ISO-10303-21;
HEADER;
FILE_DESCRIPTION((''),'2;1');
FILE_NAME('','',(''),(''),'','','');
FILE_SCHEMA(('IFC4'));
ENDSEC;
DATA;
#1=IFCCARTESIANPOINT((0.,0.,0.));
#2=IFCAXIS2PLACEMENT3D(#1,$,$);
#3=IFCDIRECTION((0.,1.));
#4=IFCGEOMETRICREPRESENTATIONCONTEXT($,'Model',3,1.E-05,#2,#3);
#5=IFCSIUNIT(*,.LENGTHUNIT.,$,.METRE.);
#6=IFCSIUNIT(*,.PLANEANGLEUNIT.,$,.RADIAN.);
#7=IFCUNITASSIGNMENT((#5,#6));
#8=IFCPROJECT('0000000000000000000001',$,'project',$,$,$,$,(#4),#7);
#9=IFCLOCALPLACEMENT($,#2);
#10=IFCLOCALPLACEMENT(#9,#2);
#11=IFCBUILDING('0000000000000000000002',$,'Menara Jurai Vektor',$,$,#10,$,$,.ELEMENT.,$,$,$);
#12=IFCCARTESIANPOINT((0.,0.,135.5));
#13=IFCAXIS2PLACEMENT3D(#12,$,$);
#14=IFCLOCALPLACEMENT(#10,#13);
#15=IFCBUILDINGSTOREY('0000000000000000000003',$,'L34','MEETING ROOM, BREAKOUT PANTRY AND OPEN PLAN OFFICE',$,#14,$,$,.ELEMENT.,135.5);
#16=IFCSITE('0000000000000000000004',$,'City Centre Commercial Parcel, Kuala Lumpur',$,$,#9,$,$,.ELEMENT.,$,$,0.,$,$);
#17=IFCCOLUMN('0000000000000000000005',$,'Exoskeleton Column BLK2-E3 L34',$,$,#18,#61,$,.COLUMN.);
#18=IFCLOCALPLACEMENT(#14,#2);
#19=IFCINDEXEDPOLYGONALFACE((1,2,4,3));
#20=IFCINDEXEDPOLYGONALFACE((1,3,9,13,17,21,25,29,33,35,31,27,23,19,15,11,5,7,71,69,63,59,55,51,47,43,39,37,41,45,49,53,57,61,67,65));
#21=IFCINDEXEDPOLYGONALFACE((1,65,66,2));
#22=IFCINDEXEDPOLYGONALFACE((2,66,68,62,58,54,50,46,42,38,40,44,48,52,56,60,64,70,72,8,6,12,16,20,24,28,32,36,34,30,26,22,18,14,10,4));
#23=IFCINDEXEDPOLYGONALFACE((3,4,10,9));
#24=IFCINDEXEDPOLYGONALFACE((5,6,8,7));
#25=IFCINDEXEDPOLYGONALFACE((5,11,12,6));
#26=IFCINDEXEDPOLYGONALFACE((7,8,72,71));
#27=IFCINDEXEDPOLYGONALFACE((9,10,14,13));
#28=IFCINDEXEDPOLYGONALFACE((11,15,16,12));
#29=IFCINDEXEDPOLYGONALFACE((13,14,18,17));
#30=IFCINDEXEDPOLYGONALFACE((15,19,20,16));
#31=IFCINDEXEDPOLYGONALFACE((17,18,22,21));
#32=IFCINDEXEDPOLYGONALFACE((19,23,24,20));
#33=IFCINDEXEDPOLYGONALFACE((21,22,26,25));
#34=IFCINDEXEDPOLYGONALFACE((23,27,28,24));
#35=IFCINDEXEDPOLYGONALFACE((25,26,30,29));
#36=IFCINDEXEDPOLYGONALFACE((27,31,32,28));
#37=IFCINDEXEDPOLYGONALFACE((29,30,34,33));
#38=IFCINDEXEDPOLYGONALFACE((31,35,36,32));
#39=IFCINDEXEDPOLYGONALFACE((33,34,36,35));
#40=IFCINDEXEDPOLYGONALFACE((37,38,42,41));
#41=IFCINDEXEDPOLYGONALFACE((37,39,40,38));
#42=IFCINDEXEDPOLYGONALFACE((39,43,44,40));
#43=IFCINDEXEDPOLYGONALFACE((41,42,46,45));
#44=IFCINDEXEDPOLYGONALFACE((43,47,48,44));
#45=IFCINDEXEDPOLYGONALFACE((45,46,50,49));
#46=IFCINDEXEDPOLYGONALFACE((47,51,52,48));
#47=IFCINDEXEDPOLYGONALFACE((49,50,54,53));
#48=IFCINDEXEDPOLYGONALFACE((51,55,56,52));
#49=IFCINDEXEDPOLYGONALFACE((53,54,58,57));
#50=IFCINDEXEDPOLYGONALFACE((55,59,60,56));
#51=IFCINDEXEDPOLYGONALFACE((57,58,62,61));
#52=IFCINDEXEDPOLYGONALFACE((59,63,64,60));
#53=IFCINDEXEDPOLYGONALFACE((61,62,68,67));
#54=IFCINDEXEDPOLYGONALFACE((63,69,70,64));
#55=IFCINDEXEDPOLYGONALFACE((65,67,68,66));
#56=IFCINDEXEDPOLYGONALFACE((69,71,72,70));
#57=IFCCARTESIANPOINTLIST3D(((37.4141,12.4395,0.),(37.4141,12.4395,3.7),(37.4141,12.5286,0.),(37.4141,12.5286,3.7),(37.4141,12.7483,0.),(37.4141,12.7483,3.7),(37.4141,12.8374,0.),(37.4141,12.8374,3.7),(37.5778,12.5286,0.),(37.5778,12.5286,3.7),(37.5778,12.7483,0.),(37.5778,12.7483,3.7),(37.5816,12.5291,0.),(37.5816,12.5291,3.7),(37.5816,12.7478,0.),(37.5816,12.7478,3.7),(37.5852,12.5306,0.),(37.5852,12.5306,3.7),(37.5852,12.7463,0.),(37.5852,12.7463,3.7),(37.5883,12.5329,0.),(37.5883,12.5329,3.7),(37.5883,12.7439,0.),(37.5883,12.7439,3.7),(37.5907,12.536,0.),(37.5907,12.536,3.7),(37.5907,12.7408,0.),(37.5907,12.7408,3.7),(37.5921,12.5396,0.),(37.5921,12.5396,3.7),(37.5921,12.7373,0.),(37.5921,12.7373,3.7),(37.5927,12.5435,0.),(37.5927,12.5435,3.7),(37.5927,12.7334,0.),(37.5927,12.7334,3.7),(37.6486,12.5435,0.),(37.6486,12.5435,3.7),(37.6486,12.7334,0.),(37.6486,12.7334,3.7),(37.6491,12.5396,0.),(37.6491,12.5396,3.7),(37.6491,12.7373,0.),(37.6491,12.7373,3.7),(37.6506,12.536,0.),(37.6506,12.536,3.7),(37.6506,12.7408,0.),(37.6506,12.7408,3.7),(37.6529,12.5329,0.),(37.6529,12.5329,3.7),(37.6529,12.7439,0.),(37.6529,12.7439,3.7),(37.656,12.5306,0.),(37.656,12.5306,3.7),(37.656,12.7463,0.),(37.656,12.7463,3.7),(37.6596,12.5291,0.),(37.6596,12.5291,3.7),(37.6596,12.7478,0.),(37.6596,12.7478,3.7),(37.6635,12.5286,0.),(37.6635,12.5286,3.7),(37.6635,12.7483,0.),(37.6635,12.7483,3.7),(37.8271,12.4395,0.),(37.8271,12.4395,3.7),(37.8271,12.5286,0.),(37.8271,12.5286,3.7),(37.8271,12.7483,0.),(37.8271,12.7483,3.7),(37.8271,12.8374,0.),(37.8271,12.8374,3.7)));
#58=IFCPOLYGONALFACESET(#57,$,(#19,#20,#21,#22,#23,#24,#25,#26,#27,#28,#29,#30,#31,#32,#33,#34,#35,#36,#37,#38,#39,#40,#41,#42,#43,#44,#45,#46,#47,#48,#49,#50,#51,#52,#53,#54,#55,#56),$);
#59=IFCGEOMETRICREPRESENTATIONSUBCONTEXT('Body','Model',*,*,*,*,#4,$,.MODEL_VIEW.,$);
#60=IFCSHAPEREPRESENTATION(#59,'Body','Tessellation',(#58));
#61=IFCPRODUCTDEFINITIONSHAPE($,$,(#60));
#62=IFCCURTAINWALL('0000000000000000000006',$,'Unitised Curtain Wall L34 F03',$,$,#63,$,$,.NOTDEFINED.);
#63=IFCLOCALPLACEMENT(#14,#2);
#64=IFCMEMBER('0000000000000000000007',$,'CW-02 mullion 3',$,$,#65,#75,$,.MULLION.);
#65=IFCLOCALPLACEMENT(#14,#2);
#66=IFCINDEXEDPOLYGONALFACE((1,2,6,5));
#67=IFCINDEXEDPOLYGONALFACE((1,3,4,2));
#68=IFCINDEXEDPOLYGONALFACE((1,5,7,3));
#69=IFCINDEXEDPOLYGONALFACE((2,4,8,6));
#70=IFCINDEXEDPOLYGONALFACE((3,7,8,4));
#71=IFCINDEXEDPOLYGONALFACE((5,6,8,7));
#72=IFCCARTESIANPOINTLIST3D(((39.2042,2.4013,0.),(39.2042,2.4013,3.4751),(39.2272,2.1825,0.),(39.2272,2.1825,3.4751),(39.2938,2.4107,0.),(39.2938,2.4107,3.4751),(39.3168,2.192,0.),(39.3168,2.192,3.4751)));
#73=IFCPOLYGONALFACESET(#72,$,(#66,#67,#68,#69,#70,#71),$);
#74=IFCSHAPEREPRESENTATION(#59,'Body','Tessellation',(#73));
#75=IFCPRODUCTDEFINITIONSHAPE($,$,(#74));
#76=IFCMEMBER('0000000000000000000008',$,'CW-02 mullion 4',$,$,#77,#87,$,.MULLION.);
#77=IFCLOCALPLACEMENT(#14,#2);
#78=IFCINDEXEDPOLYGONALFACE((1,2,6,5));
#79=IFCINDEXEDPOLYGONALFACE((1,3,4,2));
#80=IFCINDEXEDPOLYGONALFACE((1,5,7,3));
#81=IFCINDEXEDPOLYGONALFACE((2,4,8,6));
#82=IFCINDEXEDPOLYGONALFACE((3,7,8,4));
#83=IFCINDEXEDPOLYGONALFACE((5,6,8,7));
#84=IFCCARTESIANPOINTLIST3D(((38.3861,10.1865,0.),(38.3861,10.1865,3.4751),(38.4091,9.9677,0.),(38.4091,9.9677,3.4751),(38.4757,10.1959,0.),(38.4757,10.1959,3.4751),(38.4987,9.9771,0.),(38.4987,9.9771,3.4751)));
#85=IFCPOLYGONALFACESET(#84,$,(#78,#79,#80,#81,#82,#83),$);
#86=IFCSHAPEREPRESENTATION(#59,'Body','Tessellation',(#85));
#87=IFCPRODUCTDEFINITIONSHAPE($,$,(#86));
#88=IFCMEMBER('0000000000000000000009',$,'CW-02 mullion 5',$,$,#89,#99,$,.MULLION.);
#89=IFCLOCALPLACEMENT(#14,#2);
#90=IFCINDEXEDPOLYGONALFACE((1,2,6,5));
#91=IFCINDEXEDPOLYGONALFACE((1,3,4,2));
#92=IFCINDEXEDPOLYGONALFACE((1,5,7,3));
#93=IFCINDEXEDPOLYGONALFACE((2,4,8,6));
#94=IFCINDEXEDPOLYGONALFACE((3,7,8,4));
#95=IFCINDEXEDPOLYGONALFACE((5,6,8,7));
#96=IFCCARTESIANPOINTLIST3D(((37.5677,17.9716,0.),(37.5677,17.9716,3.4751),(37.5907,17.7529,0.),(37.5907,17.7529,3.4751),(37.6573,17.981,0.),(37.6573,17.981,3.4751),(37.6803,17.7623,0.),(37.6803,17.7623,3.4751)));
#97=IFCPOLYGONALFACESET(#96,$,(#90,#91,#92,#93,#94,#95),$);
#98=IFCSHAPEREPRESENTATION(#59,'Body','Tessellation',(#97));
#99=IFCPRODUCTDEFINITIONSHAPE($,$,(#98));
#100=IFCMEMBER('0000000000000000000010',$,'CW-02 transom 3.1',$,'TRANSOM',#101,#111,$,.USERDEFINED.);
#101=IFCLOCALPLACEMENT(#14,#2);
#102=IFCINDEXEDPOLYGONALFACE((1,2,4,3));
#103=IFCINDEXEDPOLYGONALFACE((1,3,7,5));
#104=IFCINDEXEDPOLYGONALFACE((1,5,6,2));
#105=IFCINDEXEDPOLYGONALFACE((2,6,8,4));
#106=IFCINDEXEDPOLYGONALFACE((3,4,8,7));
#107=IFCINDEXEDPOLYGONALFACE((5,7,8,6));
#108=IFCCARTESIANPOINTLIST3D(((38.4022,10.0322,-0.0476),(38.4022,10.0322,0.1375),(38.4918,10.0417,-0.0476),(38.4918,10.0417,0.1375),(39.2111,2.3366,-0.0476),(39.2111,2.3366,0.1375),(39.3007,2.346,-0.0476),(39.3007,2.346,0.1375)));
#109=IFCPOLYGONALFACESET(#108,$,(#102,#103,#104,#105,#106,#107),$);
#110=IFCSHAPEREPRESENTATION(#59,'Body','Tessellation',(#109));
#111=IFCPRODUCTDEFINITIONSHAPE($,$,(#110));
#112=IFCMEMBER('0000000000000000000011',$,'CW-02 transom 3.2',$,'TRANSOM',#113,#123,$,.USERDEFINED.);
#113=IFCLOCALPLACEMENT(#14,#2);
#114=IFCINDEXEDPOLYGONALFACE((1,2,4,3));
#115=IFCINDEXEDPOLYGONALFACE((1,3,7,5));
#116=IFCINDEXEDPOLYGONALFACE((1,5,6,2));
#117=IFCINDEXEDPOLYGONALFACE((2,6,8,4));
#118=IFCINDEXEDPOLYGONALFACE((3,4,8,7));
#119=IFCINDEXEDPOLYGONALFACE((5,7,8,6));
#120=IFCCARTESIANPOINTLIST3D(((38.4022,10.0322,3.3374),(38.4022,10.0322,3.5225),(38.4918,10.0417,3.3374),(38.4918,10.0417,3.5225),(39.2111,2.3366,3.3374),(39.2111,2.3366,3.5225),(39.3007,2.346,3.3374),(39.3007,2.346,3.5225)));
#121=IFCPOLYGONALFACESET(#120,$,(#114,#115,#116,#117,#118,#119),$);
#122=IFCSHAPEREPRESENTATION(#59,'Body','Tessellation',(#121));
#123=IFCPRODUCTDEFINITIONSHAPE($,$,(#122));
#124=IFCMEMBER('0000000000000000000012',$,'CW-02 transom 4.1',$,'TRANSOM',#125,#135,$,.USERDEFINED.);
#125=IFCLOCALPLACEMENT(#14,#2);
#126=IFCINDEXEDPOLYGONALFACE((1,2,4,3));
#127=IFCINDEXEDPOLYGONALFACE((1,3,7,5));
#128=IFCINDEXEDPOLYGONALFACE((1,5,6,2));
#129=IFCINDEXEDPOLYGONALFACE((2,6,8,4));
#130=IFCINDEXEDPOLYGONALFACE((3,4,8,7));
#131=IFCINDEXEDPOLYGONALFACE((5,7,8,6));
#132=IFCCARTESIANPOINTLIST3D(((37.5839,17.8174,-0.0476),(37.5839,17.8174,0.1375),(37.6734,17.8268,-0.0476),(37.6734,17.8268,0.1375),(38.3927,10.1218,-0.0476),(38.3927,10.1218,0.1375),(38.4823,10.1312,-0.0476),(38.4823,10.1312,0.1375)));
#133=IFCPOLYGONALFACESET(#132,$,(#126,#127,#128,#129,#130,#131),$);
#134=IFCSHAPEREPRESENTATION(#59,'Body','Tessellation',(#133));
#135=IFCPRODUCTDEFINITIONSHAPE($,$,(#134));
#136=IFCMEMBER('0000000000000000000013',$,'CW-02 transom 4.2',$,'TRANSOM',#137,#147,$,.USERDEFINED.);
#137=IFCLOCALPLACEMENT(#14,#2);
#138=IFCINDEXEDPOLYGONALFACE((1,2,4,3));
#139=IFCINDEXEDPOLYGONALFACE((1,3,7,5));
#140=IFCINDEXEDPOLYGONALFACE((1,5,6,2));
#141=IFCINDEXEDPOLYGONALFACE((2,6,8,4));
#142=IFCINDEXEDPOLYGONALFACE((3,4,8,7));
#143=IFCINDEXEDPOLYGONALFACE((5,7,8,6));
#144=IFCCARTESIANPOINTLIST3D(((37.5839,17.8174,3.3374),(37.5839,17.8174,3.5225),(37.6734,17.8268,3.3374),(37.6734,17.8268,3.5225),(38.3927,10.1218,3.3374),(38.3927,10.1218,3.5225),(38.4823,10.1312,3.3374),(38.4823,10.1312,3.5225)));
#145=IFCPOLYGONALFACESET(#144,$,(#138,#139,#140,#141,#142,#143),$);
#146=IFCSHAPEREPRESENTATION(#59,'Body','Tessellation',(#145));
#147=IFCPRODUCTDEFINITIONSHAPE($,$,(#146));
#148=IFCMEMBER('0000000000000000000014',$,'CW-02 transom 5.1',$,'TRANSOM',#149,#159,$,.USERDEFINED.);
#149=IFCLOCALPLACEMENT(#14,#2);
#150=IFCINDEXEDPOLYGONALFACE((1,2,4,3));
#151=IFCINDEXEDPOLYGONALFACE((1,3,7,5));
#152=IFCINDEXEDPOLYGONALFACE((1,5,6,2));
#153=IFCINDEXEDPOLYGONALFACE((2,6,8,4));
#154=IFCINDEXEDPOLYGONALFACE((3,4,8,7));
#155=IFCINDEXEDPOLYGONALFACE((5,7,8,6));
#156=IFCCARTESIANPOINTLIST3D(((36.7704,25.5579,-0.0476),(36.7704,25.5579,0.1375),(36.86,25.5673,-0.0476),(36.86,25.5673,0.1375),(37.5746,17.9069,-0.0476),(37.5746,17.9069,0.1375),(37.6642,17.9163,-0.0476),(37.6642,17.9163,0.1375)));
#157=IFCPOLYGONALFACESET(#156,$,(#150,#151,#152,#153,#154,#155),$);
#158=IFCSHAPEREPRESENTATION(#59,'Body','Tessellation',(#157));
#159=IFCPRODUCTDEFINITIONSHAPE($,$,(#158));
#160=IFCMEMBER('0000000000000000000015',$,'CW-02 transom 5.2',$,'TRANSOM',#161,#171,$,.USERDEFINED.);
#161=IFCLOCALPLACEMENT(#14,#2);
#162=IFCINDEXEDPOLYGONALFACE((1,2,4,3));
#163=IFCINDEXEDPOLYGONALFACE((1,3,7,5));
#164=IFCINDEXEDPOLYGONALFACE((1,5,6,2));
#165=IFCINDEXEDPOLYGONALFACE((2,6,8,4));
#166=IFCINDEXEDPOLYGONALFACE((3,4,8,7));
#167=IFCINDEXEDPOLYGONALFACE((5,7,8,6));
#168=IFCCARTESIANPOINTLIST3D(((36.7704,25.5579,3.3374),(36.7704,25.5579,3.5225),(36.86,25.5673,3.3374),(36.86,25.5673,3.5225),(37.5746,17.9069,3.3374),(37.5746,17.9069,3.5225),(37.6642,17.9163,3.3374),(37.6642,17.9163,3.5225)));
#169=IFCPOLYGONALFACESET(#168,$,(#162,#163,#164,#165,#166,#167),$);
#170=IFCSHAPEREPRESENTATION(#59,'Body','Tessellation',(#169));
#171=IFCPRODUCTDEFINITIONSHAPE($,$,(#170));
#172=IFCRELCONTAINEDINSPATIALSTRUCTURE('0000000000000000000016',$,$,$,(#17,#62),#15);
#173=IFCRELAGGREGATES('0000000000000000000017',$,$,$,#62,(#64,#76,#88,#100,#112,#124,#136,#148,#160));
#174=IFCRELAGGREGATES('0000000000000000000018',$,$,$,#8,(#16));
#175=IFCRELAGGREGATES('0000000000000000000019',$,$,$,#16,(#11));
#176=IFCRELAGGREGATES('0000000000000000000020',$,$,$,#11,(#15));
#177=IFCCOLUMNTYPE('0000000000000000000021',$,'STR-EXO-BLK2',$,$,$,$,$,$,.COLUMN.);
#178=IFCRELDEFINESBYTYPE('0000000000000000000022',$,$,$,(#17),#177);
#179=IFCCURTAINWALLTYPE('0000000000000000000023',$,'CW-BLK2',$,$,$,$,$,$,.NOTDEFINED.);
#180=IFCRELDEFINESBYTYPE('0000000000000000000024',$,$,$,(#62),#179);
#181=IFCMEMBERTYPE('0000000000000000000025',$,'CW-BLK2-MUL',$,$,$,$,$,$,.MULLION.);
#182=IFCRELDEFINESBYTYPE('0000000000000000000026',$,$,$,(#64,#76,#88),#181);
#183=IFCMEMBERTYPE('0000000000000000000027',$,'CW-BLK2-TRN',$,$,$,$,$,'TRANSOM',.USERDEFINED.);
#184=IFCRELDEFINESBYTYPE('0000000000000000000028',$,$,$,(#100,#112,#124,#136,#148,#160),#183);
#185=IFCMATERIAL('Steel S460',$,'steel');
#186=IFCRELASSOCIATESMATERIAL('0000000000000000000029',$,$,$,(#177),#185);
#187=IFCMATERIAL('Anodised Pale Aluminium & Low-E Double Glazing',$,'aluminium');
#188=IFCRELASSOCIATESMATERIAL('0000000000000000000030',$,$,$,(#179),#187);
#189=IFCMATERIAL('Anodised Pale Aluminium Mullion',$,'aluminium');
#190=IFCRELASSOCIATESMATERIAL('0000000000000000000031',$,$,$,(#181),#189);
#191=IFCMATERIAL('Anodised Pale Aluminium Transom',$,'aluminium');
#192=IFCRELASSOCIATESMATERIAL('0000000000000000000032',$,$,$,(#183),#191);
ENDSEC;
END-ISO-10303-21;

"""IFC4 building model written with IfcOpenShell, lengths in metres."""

from ifc_helpers import new_model, si_unit, direction, frame, origin, origin_2d, place, context, subcontext, project, spatial, rectangle, i_section, extrude, material, material_profile, profile_set, type_object, element, aggregate, save


model = new_model("IFC4")

# Units and contexts
model_context = context("Model", 3, precision=1e-05, world=origin(), true_north=direction((0.0, 1.0)))
body_context = subcontext(model_context, "Body", "Model", "MODEL_VIEW")
ifc_project = project(units=[si_unit("LENGTHUNIT", "METRE"), si_unit("PLANEANGLEUNIT", "RADIAN")], contexts=[model_context])

# Site, building, storey
site_placement = place(None, origin())
site = spatial("IfcSite", under=ifc_project, at=site_placement, Name="City Centre Commercial Parcel, Kuala Lumpur", CompositionType="ELEMENT", RefElevation=0.0)
building_placement = place(site_placement, origin())
building = spatial("IfcBuilding", under=site, at=building_placement, Name="Menara Jurai Vektor", CompositionType="ELEMENT")
storey_placement = place(building_placement, frame((0.0, 0.0, 135.5)))
storey = spatial("IfcBuildingStorey", under=building, at=storey_placement, Name="L34", Description="MEETING ROOM, BREAKOUT PANTRY AND OPEN PLAN OFFICE", CompositionType="ELEMENT", Elevation=135.5)

# Column
ifc_material_1 = material(Name="Steel S460", Category="steel")
ifc_material_profile_1 = material_profile(ifc_material_1, i_section(OverallWidth=0.4131, OverallDepth=0.3979, WebThickness=0.0559, FlangeThickness=0.0891, FilletRadius=0.0149, at=origin_2d()), Name="HD 400x744")
ifc_profile_set_1 = profile_set([ifc_material_profile_1], Name="Steel S460")
column_type = type_object("IfcColumnType", Name="STR-EXO-BLK2", PredefinedType="COLUMN", material=ifc_profile_set_1)
column_placement = place(storey_placement, frame((37.6206, 12.6384, 0.0), z_axis=(0.0, 0.0, 1.0), x_axis=(1.0, 0.0, 0.0)))
element("IfcColumn", 1, at=column_placement, inside=storey, type_object=column_type, Name="Exoskeleton Column BLK2-E3 L34", PredefinedType="COLUMN", context=body_context, shape_type="SweptSolid", body=[
    extrude(i_section(OverallWidth=0.4131, OverallDepth=0.3979, WebThickness=0.0559, FlangeThickness=0.0891, FilletRadius=0.0149, at=origin_2d()), origin(), (0.0, 0.0, 1.0), 3.7),
])

# Curtain wall, members
ifc_material_2 = material(Name="Anodised Pale Aluminium & Low-E Double Glazing", Category="aluminium")
curtain_wall_type = type_object("IfcCurtainWallType", Name="CW-BLK2", PredefinedType="NOTDEFINED", material=ifc_material_2)
curtain_wall_placement = place(storey_placement, origin())
curtain_wall = element("IfcCurtainWall", 2, at=curtain_wall_placement, inside=storey, type_object=curtain_wall_type, Name="Unitised Curtain Wall L34 F03", PredefinedType="NOTDEFINED")
ifc_material_3 = material(Name="Anodised Pale Aluminium Mullion", Category="aluminium")
ifc_material_profile_2 = material_profile(ifc_material_3, rectangle(XDim=0.0901, YDim=0.22, at=origin_2d()), Name="ALU MUL 90x220")
ifc_profile_set_2 = profile_set([ifc_material_profile_2], Name="Anodised Pale Aluminium Mullion")
member_type_1 = type_object("IfcMemberType", Name="CW-BLK2-MUL", PredefinedType="MULLION", material=ifc_profile_set_2)
member_1_placement = place(storey_placement, frame((39.2605, 2.2966, 0.0), z_axis=(0.0, 0.0, 1.0), x_axis=(-0.994522, -0.10453, 0.0)))
member_1 = element("IfcMember", 3, at=member_1_placement, type_object=member_type_1, Name="CW-02 mullion 3", PredefinedType="MULLION", context=body_context, shape_type="SweptSolid", body=[
    extrude(rectangle(XDim=0.0901, YDim=0.22, at=origin_2d()), origin(), (0.0, 0.0, 1.0), 3.4751),
])
member_2_placement = place(storey_placement, frame((38.4424, 10.0818, 0.0), z_axis=(0.0, 0.0, 1.0), x_axis=(-0.994522, -0.10453, 0.0)))
member_2 = element("IfcMember", 4, at=member_2_placement, type_object=member_type_1, Name="CW-02 mullion 4", PredefinedType="MULLION", context=body_context, shape_type="SweptSolid", body=[
    extrude(rectangle(XDim=0.0901, YDim=0.22, at=origin_2d()), origin(), (0.0, 0.0, 1.0), 3.4751),
])
member_3_placement = place(storey_placement, frame((37.624, 17.8669, 0.0), z_axis=(0.0, 0.0, 1.0), x_axis=(-0.994522, -0.10453, 0.0)))
member_3 = element("IfcMember", 5, at=member_3_placement, type_object=member_type_1, Name="CW-02 mullion 5", PredefinedType="MULLION", context=body_context, shape_type="SweptSolid", body=[
    extrude(rectangle(XDim=0.0901, YDim=0.22, at=origin_2d()), origin(), (0.0, 0.0, 1.0), 3.4751),
])
ifc_material_4 = material(Name="Anodised Pale Aluminium Transom", Category="aluminium")
ifc_material_profile_3 = material_profile(ifc_material_4, rectangle(XDim=0.0901, YDim=0.1851, at=origin_2d()), Name="ALU TRN 90x185")
ifc_profile_set_3 = profile_set([ifc_material_profile_3], Name="Anodised Pale Aluminium Transom")
member_type_2 = type_object("IfcMemberType", Name="CW-BLK2-TRN", ElementType="TRANSOM", PredefinedType="USERDEFINED", material=ifc_profile_set_3)
member_4_placement = place(storey_placement, frame((39.2559, 2.3413, 0.0449), z_axis=(-0.104529, 0.994522, 0.0), x_axis=(-0.994522, -0.104529, 0.0)))
member_4 = element("IfcMember", 6, at=member_4_placement, type_object=member_type_2, Name="CW-02 transom 3.1", ObjectType="TRANSOM", PredefinedType="USERDEFINED", context=body_context, shape_type="SweptSolid", body=[
    extrude(rectangle(XDim=0.0901, YDim=0.1851, at=origin_2d()), origin(), (0.0, 0.0, 1.0), 7.738),
])
member_5_placement = place(storey_placement, frame((39.2559, 2.3413, 3.4299), z_axis=(-0.104529, 0.994522, 0.0), x_axis=(-0.994522, -0.104529, 0.0)))
member_5 = element("IfcMember", 7, at=member_5_placement, type_object=member_type_2, Name="CW-02 transom 3.2", ObjectType="TRANSOM", PredefinedType="USERDEFINED", context=body_context, shape_type="SweptSolid", body=[
    extrude(rectangle(XDim=0.0901, YDim=0.1851, at=origin_2d()), origin(), (0.0, 0.0, 1.0), 7.738),
])
member_6_placement = place(storey_placement, frame((38.4375, 10.1265, 0.0449), z_axis=(-0.104529, 0.994522, 0.0), x_axis=(-0.994522, -0.104529, 0.0)))
member_6 = element("IfcMember", 8, at=member_6_placement, type_object=member_type_2, Name="CW-02 transom 4.1", ObjectType="TRANSOM", PredefinedType="USERDEFINED", context=body_context, shape_type="SweptSolid", body=[
    extrude(rectangle(XDim=0.0901, YDim=0.1851, at=origin_2d()), origin(), (0.0, 0.0, 1.0), 7.738),
])
member_7_placement = place(storey_placement, frame((38.4375, 10.1265, 3.4299), z_axis=(-0.104529, 0.994522, 0.0), x_axis=(-0.994522, -0.104529, 0.0)))
member_7 = element("IfcMember", 9, at=member_7_placement, type_object=member_type_2, Name="CW-02 transom 4.2", ObjectType="TRANSOM", PredefinedType="USERDEFINED", context=body_context, shape_type="SweptSolid", body=[
    extrude(rectangle(XDim=0.0901, YDim=0.1851, at=origin_2d()), origin(), (0.0, 0.0, 1.0), 7.738),
])
member_8_placement = place(storey_placement, frame((37.6194, 17.9116, 0.0449), z_axis=(-0.104536, 0.994521, 0.0), x_axis=(-0.994521, -0.104536, 0.0)))
member_8 = element("IfcMember", 10, at=member_8_placement, type_object=member_type_2, Name="CW-02 transom 5.1", ObjectType="TRANSOM", PredefinedType="USERDEFINED", context=body_context, shape_type="SweptSolid", body=[
    extrude(rectangle(XDim=0.0901, YDim=0.1851, at=origin_2d()), origin(), (0.0, 0.0, 1.0), 7.6931),
])
member_9_placement = place(storey_placement, frame((37.6194, 17.9116, 3.4299), z_axis=(-0.104536, 0.994521, 0.0), x_axis=(-0.994521, -0.104536, 0.0)))
member_9 = element("IfcMember", 11, at=member_9_placement, type_object=member_type_2, Name="CW-02 transom 5.2", ObjectType="TRANSOM", PredefinedType="USERDEFINED", context=body_context, shape_type="SweptSolid", body=[
    extrude(rectangle(XDim=0.0901, YDim=0.1851, at=origin_2d()), origin(), (0.0, 0.0, 1.0), 7.6931),
])

aggregate(curtain_wall, [member_1, member_2, member_3, member_4, member_5, member_6, member_7, member_8, member_9])

save(model, "model.ifc")
